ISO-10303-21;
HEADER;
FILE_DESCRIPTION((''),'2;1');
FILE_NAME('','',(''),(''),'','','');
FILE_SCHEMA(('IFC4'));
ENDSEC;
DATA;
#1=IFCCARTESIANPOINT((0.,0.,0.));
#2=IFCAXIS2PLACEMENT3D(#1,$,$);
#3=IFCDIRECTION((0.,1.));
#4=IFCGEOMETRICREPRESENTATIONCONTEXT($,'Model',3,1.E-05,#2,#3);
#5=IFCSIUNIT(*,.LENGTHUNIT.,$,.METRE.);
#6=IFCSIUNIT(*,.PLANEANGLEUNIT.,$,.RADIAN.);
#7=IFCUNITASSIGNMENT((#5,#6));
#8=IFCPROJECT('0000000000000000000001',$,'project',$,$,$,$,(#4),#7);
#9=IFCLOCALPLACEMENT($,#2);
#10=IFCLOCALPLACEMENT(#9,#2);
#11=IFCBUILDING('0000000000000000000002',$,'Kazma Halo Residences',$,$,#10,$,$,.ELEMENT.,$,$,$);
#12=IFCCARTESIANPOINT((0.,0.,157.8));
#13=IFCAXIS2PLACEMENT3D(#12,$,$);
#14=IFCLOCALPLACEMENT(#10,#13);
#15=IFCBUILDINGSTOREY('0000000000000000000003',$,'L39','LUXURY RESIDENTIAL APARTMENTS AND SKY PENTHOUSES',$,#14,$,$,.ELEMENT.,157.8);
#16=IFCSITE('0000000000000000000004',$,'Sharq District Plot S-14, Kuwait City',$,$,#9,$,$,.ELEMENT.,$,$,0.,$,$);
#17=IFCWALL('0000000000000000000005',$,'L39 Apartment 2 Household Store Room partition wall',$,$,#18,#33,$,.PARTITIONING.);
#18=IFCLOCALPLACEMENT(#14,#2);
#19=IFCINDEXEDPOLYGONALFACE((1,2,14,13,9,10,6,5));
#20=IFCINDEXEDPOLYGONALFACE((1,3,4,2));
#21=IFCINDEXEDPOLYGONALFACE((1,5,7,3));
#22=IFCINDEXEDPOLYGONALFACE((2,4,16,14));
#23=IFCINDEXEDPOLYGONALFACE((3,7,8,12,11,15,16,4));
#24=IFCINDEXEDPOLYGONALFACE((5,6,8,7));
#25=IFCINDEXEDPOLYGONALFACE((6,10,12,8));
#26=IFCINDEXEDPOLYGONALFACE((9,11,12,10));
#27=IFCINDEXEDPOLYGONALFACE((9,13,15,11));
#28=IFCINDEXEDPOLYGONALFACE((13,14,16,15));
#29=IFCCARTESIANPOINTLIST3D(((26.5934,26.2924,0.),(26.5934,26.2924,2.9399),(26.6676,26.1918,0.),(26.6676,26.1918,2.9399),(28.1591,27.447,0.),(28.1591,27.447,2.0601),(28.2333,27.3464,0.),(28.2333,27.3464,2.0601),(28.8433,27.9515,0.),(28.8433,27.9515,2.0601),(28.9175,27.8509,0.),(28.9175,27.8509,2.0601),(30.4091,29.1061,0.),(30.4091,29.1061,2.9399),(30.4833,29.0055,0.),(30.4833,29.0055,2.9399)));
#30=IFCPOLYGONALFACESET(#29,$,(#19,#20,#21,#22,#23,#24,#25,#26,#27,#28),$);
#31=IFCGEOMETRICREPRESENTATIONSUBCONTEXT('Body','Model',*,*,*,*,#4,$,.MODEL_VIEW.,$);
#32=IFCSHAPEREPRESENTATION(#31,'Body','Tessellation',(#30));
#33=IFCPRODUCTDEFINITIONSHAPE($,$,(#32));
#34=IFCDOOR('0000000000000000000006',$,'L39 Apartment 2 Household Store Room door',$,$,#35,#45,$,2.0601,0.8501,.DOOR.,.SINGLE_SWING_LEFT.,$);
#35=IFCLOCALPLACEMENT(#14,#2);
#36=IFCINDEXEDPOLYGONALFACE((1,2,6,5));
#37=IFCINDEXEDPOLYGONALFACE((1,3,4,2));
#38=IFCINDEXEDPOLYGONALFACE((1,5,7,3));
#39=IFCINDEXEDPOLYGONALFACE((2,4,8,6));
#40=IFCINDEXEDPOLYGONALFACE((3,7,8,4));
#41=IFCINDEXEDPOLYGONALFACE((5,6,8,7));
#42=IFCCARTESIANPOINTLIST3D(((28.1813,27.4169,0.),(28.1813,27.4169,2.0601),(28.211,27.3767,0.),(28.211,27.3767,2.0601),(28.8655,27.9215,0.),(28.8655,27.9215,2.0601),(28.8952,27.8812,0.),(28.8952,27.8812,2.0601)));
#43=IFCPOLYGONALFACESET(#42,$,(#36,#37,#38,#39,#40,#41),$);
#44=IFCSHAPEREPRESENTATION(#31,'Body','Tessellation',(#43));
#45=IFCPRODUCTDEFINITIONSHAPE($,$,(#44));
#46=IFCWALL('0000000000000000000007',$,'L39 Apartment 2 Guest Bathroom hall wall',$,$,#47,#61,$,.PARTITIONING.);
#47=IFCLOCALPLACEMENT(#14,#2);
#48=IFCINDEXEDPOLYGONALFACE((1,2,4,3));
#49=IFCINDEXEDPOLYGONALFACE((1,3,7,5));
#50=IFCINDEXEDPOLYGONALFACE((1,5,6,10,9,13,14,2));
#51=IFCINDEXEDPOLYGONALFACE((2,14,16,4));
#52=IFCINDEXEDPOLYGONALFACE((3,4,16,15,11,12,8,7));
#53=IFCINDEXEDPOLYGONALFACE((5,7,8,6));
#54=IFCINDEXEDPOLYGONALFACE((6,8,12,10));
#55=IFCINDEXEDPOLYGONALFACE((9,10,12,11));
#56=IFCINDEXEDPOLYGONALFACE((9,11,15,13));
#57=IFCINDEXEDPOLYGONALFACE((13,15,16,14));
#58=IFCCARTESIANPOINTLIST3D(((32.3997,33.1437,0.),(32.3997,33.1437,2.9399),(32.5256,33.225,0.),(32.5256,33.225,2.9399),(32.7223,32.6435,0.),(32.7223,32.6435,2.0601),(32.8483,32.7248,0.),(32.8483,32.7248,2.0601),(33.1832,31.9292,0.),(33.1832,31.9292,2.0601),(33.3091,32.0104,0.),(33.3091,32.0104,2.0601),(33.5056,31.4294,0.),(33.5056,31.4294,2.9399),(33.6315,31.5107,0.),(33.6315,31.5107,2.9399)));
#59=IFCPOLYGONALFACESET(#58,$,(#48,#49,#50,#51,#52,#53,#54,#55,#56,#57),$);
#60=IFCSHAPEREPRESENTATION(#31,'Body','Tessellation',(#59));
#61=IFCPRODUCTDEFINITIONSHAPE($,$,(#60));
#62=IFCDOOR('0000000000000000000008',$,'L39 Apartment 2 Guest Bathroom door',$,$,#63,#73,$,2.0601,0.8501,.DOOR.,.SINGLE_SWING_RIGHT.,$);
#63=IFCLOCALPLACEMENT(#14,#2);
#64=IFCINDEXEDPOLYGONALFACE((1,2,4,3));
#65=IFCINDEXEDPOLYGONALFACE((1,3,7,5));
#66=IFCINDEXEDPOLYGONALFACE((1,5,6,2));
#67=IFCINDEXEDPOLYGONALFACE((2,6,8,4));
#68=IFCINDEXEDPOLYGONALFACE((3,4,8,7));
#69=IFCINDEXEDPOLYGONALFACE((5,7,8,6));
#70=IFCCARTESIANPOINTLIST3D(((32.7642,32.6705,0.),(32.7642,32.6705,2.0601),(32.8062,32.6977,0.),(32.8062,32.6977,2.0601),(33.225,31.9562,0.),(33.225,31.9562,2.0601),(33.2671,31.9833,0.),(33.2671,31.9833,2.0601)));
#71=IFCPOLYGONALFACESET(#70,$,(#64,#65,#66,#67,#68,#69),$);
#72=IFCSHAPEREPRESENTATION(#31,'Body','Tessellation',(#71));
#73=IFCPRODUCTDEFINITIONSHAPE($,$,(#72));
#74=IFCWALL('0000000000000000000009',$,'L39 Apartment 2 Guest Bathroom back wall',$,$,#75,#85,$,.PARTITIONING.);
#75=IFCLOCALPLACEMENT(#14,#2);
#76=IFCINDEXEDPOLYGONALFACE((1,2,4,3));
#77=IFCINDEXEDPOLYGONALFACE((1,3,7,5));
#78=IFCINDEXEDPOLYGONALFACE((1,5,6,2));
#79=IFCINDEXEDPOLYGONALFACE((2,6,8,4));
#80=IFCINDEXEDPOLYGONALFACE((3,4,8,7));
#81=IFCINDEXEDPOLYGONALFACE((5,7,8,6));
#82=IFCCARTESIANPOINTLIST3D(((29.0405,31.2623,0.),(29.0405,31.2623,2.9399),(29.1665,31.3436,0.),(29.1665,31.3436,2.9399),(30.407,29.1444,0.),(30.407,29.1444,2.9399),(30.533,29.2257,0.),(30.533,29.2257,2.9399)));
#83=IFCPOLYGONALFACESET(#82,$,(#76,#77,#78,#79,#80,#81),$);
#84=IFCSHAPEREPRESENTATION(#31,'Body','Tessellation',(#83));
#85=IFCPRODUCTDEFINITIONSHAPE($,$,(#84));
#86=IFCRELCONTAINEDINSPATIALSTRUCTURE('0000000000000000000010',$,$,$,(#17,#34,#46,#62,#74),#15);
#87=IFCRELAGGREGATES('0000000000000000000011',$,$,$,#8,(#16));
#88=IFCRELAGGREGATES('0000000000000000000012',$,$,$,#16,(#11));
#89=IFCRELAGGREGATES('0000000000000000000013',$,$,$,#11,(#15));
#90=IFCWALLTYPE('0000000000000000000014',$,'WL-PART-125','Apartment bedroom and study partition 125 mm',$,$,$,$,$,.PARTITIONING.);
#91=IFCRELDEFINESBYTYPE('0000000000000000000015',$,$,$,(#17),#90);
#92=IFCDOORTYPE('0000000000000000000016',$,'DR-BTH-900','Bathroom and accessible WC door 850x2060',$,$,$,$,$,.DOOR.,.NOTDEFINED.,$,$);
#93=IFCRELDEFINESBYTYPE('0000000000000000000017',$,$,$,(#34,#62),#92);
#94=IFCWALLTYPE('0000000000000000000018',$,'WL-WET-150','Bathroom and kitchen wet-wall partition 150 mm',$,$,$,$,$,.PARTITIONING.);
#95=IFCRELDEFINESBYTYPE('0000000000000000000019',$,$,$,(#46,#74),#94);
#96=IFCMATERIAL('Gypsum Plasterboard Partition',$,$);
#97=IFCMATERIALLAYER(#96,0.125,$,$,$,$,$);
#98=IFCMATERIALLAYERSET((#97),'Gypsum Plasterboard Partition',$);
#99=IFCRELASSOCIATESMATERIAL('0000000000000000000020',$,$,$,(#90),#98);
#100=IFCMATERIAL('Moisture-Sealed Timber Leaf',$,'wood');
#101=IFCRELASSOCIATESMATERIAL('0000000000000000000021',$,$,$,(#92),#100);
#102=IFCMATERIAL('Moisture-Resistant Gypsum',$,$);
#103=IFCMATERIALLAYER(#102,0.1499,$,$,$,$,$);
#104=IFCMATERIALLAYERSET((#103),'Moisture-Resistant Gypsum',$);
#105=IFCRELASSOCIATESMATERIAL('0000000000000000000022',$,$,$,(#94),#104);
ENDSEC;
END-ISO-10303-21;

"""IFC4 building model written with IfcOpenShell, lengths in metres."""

from ifc_helpers import new_model, si_unit, direction, frame, frame_2d, origin, place, context, subcontext, project, spatial, rectangle, extrude, material, layer, layer_set, type_object, element, fill, save


model = new_model("IFC4")

# Units and contexts
model_context = context("Model", 3, precision=1e-05, world=origin(), true_north=direction((0.0, 1.0)))
body_context = subcontext(model_context, "Body", "Model", "MODEL_VIEW")
ifc_project = project(units=[si_unit("LENGTHUNIT", "METRE"), si_unit("PLANEANGLEUNIT", "RADIAN")], contexts=[model_context])

# Site, building, storey
site_placement = place(None, origin())
site = spatial("IfcSite", under=ifc_project, at=site_placement, Name="Sharq District Plot S-14, Kuwait City", CompositionType="ELEMENT", RefElevation=0.0)
building_placement = place(site_placement, origin())
building = spatial("IfcBuilding", under=site, at=building_placement, Name="Kazma Halo Residences", CompositionType="ELEMENT")
storey_placement = place(building_placement, frame((0.0, 0.0, 157.8)))
storey = spatial("IfcBuildingStorey", under=building, at=storey_placement, Name="L39", Description="LUXURY RESIDENTIAL APARTMENTS AND SKY PENTHOUSES", CompositionType="ELEMENT", Elevation=157.8)

# Shared definitions
ifc_material_1 = material(Name="Gypsum Plasterboard Partition")
ifc_layer_1 = layer(ifc_material_1, 0.125)
ifc_layer_set_1 = layer_set([ifc_layer_1], Name="Gypsum Plasterboard Partition")
wall_type_1 = type_object("IfcWallType", Name="WL-PART-125", Description="Apartment bedroom and study partition 125 mm", PredefinedType="PARTITIONING", material=ifc_layer_set_1)

# Walls, openings, doors
wall_1_placement = place(storey_placement, frame((30.4463, 29.0559, 0.0), z_axis=(0.0, 0.0, 1.0), x_axis=(-0.804837, -0.593496, 0.0)))
wall_1 = element("IfcWall", 1, at=wall_1_placement, inside=storey, type_object=wall_type_1, Name="L39 Apartment 2 Household Store Room partition wall", PredefinedType="PARTITIONING", context=body_context, shape_type="SweptSolid", body=[
    extrude(rectangle(XDim=4.741, YDim=0.125, at=frame_2d((2.3706, 0.0))), origin(), (0.0, 0.0, 1.0), 2.9399),
])
opening_1_placement = place(wall_1_placement, frame((1.9456, 0.0, 0.0)))
opening_1 = element("IfcOpeningElement", 2, at=opening_1_placement, cuts=wall_1, PredefinedType="OPENING", context=body_context, shape_type="SweptSolid", body=[
    extrude(rectangle(XDim=0.8501, YDim=2.0601, at=frame_2d((0.425, 1.03))), frame((0.0, 0.0725, 0.0), z_axis=(0.0, -1.0, 0.0), x_axis=(1.0, 0.0, 0.0)), (0.0, 0.0, 1.0), 0.145),
])
ifc_material_2 = material(Name="Moisture-Sealed Timber Leaf", Category="wood")
door_type = type_object("IfcDoorType", Name="DR-BTH-900", Description="Bathroom and accessible WC door 850x2060", OperationType="NOTDEFINED", PredefinedType="DOOR", material=ifc_material_2)
door_1_placement = place(opening_1_placement, origin())
door_1 = element("IfcDoor", 3, at=door_1_placement, inside=storey, type_object=door_type, Name="L39 Apartment 2 Household Store Room door", OperationType="SINGLE_SWING_LEFT", OverallHeight=2.0601, OverallWidth=0.8501, PredefinedType="DOOR", context=body_context, shape_type="SweptSolid", body=[
    extrude(rectangle(XDim=0.8501, YDim=2.0601, at=frame_2d((0.425, 1.03))), frame((0.0, 0.0249, 0.0), z_axis=(0.0, -1.0, 0.0), x_axis=(1.0, 0.0, 0.0)), (0.0, 0.0, 1.0), 0.05),
])
fill(opening_1, door_1)
ifc_material_3 = material(Name="Moisture-Resistant Gypsum")
ifc_layer_2 = layer(ifc_material_3, 0.1499)
ifc_layer_set_2 = layer_set([ifc_layer_2], Name="Moisture-Resistant Gypsum")
wall_type_2 = type_object("IfcWallType", Name="WL-WET-150", Description="Bathroom and kitchen wet-wall partition 150 mm", PredefinedType="PARTITIONING", material=ifc_layer_set_2)
wall_2_placement = place(storey_placement, frame((32.4626, 33.1843, 0.0), z_axis=(0.0, 0.0, 1.0), x_axis=(0.5421, -0.840314, 0.0)))
wall_2 = element("IfcWall", 4, at=wall_2_placement, inside=storey, type_object=wall_type_2, Name="L39 Apartment 2 Guest Bathroom hall wall", PredefinedType="PARTITIONING", context=body_context, shape_type="SweptSolid", body=[
    extrude(rectangle(XDim=2.04, YDim=0.1499, at=frame_2d((1.02, 0.0))), origin(), (0.0, 0.0, 1.0), 2.9399),
])
opening_2_placement = place(wall_2_placement, frame((0.5952, 0.0, 0.0)))
opening_2 = element("IfcOpeningElement", 5, at=opening_2_placement, cuts=wall_2, PredefinedType="OPENING", context=body_context, shape_type="SweptSolid", body=[
    extrude(rectangle(XDim=0.8501, YDim=2.0601, at=frame_2d((0.425, 1.03))), frame((0.0, 0.085, 0.0), z_axis=(0.0, -1.0, 0.0), x_axis=(1.0, 0.0, 0.0)), (0.0, 0.0, 1.0), 0.1699),
])
door_2_placement = place(opening_2_placement, origin())
door_2 = element("IfcDoor", 6, at=door_2_placement, inside=storey, type_object=door_type, Name="L39 Apartment 2 Guest Bathroom door", OperationType="SINGLE_SWING_RIGHT", OverallHeight=2.0601, OverallWidth=0.8501, PredefinedType="DOOR", context=body_context, shape_type="SweptSolid", body=[
    extrude(rectangle(XDim=0.8501, YDim=2.0601, at=frame_2d((0.425, 1.03))), frame((0.0, 0.0249, 0.0), z_axis=(0.0, -1.0, 0.0), x_axis=(1.0, 0.0, 0.0)), (0.0, 0.0, 1.0), 0.05),
])
fill(opening_2, door_2)

# Wall
wall_3_placement = place(storey_placement, frame((29.1035, 31.303, 0.0), z_axis=(0.0, 0.0, 1.0), x_axis=(0.542142, -0.840287, 0.0)))
element("IfcWall", 7, at=wall_3_placement, inside=storey, type_object=wall_type_2, Name="L39 Apartment 2 Guest Bathroom back wall", PredefinedType="PARTITIONING", context=body_context, shape_type="SweptSolid", body=[
    extrude(rectangle(XDim=2.5205, YDim=0.1499, at=frame_2d((1.2603, 0.0))), origin(), (0.0, 0.0, 1.0), 2.9399),
])

save(model, "model.ifc")
